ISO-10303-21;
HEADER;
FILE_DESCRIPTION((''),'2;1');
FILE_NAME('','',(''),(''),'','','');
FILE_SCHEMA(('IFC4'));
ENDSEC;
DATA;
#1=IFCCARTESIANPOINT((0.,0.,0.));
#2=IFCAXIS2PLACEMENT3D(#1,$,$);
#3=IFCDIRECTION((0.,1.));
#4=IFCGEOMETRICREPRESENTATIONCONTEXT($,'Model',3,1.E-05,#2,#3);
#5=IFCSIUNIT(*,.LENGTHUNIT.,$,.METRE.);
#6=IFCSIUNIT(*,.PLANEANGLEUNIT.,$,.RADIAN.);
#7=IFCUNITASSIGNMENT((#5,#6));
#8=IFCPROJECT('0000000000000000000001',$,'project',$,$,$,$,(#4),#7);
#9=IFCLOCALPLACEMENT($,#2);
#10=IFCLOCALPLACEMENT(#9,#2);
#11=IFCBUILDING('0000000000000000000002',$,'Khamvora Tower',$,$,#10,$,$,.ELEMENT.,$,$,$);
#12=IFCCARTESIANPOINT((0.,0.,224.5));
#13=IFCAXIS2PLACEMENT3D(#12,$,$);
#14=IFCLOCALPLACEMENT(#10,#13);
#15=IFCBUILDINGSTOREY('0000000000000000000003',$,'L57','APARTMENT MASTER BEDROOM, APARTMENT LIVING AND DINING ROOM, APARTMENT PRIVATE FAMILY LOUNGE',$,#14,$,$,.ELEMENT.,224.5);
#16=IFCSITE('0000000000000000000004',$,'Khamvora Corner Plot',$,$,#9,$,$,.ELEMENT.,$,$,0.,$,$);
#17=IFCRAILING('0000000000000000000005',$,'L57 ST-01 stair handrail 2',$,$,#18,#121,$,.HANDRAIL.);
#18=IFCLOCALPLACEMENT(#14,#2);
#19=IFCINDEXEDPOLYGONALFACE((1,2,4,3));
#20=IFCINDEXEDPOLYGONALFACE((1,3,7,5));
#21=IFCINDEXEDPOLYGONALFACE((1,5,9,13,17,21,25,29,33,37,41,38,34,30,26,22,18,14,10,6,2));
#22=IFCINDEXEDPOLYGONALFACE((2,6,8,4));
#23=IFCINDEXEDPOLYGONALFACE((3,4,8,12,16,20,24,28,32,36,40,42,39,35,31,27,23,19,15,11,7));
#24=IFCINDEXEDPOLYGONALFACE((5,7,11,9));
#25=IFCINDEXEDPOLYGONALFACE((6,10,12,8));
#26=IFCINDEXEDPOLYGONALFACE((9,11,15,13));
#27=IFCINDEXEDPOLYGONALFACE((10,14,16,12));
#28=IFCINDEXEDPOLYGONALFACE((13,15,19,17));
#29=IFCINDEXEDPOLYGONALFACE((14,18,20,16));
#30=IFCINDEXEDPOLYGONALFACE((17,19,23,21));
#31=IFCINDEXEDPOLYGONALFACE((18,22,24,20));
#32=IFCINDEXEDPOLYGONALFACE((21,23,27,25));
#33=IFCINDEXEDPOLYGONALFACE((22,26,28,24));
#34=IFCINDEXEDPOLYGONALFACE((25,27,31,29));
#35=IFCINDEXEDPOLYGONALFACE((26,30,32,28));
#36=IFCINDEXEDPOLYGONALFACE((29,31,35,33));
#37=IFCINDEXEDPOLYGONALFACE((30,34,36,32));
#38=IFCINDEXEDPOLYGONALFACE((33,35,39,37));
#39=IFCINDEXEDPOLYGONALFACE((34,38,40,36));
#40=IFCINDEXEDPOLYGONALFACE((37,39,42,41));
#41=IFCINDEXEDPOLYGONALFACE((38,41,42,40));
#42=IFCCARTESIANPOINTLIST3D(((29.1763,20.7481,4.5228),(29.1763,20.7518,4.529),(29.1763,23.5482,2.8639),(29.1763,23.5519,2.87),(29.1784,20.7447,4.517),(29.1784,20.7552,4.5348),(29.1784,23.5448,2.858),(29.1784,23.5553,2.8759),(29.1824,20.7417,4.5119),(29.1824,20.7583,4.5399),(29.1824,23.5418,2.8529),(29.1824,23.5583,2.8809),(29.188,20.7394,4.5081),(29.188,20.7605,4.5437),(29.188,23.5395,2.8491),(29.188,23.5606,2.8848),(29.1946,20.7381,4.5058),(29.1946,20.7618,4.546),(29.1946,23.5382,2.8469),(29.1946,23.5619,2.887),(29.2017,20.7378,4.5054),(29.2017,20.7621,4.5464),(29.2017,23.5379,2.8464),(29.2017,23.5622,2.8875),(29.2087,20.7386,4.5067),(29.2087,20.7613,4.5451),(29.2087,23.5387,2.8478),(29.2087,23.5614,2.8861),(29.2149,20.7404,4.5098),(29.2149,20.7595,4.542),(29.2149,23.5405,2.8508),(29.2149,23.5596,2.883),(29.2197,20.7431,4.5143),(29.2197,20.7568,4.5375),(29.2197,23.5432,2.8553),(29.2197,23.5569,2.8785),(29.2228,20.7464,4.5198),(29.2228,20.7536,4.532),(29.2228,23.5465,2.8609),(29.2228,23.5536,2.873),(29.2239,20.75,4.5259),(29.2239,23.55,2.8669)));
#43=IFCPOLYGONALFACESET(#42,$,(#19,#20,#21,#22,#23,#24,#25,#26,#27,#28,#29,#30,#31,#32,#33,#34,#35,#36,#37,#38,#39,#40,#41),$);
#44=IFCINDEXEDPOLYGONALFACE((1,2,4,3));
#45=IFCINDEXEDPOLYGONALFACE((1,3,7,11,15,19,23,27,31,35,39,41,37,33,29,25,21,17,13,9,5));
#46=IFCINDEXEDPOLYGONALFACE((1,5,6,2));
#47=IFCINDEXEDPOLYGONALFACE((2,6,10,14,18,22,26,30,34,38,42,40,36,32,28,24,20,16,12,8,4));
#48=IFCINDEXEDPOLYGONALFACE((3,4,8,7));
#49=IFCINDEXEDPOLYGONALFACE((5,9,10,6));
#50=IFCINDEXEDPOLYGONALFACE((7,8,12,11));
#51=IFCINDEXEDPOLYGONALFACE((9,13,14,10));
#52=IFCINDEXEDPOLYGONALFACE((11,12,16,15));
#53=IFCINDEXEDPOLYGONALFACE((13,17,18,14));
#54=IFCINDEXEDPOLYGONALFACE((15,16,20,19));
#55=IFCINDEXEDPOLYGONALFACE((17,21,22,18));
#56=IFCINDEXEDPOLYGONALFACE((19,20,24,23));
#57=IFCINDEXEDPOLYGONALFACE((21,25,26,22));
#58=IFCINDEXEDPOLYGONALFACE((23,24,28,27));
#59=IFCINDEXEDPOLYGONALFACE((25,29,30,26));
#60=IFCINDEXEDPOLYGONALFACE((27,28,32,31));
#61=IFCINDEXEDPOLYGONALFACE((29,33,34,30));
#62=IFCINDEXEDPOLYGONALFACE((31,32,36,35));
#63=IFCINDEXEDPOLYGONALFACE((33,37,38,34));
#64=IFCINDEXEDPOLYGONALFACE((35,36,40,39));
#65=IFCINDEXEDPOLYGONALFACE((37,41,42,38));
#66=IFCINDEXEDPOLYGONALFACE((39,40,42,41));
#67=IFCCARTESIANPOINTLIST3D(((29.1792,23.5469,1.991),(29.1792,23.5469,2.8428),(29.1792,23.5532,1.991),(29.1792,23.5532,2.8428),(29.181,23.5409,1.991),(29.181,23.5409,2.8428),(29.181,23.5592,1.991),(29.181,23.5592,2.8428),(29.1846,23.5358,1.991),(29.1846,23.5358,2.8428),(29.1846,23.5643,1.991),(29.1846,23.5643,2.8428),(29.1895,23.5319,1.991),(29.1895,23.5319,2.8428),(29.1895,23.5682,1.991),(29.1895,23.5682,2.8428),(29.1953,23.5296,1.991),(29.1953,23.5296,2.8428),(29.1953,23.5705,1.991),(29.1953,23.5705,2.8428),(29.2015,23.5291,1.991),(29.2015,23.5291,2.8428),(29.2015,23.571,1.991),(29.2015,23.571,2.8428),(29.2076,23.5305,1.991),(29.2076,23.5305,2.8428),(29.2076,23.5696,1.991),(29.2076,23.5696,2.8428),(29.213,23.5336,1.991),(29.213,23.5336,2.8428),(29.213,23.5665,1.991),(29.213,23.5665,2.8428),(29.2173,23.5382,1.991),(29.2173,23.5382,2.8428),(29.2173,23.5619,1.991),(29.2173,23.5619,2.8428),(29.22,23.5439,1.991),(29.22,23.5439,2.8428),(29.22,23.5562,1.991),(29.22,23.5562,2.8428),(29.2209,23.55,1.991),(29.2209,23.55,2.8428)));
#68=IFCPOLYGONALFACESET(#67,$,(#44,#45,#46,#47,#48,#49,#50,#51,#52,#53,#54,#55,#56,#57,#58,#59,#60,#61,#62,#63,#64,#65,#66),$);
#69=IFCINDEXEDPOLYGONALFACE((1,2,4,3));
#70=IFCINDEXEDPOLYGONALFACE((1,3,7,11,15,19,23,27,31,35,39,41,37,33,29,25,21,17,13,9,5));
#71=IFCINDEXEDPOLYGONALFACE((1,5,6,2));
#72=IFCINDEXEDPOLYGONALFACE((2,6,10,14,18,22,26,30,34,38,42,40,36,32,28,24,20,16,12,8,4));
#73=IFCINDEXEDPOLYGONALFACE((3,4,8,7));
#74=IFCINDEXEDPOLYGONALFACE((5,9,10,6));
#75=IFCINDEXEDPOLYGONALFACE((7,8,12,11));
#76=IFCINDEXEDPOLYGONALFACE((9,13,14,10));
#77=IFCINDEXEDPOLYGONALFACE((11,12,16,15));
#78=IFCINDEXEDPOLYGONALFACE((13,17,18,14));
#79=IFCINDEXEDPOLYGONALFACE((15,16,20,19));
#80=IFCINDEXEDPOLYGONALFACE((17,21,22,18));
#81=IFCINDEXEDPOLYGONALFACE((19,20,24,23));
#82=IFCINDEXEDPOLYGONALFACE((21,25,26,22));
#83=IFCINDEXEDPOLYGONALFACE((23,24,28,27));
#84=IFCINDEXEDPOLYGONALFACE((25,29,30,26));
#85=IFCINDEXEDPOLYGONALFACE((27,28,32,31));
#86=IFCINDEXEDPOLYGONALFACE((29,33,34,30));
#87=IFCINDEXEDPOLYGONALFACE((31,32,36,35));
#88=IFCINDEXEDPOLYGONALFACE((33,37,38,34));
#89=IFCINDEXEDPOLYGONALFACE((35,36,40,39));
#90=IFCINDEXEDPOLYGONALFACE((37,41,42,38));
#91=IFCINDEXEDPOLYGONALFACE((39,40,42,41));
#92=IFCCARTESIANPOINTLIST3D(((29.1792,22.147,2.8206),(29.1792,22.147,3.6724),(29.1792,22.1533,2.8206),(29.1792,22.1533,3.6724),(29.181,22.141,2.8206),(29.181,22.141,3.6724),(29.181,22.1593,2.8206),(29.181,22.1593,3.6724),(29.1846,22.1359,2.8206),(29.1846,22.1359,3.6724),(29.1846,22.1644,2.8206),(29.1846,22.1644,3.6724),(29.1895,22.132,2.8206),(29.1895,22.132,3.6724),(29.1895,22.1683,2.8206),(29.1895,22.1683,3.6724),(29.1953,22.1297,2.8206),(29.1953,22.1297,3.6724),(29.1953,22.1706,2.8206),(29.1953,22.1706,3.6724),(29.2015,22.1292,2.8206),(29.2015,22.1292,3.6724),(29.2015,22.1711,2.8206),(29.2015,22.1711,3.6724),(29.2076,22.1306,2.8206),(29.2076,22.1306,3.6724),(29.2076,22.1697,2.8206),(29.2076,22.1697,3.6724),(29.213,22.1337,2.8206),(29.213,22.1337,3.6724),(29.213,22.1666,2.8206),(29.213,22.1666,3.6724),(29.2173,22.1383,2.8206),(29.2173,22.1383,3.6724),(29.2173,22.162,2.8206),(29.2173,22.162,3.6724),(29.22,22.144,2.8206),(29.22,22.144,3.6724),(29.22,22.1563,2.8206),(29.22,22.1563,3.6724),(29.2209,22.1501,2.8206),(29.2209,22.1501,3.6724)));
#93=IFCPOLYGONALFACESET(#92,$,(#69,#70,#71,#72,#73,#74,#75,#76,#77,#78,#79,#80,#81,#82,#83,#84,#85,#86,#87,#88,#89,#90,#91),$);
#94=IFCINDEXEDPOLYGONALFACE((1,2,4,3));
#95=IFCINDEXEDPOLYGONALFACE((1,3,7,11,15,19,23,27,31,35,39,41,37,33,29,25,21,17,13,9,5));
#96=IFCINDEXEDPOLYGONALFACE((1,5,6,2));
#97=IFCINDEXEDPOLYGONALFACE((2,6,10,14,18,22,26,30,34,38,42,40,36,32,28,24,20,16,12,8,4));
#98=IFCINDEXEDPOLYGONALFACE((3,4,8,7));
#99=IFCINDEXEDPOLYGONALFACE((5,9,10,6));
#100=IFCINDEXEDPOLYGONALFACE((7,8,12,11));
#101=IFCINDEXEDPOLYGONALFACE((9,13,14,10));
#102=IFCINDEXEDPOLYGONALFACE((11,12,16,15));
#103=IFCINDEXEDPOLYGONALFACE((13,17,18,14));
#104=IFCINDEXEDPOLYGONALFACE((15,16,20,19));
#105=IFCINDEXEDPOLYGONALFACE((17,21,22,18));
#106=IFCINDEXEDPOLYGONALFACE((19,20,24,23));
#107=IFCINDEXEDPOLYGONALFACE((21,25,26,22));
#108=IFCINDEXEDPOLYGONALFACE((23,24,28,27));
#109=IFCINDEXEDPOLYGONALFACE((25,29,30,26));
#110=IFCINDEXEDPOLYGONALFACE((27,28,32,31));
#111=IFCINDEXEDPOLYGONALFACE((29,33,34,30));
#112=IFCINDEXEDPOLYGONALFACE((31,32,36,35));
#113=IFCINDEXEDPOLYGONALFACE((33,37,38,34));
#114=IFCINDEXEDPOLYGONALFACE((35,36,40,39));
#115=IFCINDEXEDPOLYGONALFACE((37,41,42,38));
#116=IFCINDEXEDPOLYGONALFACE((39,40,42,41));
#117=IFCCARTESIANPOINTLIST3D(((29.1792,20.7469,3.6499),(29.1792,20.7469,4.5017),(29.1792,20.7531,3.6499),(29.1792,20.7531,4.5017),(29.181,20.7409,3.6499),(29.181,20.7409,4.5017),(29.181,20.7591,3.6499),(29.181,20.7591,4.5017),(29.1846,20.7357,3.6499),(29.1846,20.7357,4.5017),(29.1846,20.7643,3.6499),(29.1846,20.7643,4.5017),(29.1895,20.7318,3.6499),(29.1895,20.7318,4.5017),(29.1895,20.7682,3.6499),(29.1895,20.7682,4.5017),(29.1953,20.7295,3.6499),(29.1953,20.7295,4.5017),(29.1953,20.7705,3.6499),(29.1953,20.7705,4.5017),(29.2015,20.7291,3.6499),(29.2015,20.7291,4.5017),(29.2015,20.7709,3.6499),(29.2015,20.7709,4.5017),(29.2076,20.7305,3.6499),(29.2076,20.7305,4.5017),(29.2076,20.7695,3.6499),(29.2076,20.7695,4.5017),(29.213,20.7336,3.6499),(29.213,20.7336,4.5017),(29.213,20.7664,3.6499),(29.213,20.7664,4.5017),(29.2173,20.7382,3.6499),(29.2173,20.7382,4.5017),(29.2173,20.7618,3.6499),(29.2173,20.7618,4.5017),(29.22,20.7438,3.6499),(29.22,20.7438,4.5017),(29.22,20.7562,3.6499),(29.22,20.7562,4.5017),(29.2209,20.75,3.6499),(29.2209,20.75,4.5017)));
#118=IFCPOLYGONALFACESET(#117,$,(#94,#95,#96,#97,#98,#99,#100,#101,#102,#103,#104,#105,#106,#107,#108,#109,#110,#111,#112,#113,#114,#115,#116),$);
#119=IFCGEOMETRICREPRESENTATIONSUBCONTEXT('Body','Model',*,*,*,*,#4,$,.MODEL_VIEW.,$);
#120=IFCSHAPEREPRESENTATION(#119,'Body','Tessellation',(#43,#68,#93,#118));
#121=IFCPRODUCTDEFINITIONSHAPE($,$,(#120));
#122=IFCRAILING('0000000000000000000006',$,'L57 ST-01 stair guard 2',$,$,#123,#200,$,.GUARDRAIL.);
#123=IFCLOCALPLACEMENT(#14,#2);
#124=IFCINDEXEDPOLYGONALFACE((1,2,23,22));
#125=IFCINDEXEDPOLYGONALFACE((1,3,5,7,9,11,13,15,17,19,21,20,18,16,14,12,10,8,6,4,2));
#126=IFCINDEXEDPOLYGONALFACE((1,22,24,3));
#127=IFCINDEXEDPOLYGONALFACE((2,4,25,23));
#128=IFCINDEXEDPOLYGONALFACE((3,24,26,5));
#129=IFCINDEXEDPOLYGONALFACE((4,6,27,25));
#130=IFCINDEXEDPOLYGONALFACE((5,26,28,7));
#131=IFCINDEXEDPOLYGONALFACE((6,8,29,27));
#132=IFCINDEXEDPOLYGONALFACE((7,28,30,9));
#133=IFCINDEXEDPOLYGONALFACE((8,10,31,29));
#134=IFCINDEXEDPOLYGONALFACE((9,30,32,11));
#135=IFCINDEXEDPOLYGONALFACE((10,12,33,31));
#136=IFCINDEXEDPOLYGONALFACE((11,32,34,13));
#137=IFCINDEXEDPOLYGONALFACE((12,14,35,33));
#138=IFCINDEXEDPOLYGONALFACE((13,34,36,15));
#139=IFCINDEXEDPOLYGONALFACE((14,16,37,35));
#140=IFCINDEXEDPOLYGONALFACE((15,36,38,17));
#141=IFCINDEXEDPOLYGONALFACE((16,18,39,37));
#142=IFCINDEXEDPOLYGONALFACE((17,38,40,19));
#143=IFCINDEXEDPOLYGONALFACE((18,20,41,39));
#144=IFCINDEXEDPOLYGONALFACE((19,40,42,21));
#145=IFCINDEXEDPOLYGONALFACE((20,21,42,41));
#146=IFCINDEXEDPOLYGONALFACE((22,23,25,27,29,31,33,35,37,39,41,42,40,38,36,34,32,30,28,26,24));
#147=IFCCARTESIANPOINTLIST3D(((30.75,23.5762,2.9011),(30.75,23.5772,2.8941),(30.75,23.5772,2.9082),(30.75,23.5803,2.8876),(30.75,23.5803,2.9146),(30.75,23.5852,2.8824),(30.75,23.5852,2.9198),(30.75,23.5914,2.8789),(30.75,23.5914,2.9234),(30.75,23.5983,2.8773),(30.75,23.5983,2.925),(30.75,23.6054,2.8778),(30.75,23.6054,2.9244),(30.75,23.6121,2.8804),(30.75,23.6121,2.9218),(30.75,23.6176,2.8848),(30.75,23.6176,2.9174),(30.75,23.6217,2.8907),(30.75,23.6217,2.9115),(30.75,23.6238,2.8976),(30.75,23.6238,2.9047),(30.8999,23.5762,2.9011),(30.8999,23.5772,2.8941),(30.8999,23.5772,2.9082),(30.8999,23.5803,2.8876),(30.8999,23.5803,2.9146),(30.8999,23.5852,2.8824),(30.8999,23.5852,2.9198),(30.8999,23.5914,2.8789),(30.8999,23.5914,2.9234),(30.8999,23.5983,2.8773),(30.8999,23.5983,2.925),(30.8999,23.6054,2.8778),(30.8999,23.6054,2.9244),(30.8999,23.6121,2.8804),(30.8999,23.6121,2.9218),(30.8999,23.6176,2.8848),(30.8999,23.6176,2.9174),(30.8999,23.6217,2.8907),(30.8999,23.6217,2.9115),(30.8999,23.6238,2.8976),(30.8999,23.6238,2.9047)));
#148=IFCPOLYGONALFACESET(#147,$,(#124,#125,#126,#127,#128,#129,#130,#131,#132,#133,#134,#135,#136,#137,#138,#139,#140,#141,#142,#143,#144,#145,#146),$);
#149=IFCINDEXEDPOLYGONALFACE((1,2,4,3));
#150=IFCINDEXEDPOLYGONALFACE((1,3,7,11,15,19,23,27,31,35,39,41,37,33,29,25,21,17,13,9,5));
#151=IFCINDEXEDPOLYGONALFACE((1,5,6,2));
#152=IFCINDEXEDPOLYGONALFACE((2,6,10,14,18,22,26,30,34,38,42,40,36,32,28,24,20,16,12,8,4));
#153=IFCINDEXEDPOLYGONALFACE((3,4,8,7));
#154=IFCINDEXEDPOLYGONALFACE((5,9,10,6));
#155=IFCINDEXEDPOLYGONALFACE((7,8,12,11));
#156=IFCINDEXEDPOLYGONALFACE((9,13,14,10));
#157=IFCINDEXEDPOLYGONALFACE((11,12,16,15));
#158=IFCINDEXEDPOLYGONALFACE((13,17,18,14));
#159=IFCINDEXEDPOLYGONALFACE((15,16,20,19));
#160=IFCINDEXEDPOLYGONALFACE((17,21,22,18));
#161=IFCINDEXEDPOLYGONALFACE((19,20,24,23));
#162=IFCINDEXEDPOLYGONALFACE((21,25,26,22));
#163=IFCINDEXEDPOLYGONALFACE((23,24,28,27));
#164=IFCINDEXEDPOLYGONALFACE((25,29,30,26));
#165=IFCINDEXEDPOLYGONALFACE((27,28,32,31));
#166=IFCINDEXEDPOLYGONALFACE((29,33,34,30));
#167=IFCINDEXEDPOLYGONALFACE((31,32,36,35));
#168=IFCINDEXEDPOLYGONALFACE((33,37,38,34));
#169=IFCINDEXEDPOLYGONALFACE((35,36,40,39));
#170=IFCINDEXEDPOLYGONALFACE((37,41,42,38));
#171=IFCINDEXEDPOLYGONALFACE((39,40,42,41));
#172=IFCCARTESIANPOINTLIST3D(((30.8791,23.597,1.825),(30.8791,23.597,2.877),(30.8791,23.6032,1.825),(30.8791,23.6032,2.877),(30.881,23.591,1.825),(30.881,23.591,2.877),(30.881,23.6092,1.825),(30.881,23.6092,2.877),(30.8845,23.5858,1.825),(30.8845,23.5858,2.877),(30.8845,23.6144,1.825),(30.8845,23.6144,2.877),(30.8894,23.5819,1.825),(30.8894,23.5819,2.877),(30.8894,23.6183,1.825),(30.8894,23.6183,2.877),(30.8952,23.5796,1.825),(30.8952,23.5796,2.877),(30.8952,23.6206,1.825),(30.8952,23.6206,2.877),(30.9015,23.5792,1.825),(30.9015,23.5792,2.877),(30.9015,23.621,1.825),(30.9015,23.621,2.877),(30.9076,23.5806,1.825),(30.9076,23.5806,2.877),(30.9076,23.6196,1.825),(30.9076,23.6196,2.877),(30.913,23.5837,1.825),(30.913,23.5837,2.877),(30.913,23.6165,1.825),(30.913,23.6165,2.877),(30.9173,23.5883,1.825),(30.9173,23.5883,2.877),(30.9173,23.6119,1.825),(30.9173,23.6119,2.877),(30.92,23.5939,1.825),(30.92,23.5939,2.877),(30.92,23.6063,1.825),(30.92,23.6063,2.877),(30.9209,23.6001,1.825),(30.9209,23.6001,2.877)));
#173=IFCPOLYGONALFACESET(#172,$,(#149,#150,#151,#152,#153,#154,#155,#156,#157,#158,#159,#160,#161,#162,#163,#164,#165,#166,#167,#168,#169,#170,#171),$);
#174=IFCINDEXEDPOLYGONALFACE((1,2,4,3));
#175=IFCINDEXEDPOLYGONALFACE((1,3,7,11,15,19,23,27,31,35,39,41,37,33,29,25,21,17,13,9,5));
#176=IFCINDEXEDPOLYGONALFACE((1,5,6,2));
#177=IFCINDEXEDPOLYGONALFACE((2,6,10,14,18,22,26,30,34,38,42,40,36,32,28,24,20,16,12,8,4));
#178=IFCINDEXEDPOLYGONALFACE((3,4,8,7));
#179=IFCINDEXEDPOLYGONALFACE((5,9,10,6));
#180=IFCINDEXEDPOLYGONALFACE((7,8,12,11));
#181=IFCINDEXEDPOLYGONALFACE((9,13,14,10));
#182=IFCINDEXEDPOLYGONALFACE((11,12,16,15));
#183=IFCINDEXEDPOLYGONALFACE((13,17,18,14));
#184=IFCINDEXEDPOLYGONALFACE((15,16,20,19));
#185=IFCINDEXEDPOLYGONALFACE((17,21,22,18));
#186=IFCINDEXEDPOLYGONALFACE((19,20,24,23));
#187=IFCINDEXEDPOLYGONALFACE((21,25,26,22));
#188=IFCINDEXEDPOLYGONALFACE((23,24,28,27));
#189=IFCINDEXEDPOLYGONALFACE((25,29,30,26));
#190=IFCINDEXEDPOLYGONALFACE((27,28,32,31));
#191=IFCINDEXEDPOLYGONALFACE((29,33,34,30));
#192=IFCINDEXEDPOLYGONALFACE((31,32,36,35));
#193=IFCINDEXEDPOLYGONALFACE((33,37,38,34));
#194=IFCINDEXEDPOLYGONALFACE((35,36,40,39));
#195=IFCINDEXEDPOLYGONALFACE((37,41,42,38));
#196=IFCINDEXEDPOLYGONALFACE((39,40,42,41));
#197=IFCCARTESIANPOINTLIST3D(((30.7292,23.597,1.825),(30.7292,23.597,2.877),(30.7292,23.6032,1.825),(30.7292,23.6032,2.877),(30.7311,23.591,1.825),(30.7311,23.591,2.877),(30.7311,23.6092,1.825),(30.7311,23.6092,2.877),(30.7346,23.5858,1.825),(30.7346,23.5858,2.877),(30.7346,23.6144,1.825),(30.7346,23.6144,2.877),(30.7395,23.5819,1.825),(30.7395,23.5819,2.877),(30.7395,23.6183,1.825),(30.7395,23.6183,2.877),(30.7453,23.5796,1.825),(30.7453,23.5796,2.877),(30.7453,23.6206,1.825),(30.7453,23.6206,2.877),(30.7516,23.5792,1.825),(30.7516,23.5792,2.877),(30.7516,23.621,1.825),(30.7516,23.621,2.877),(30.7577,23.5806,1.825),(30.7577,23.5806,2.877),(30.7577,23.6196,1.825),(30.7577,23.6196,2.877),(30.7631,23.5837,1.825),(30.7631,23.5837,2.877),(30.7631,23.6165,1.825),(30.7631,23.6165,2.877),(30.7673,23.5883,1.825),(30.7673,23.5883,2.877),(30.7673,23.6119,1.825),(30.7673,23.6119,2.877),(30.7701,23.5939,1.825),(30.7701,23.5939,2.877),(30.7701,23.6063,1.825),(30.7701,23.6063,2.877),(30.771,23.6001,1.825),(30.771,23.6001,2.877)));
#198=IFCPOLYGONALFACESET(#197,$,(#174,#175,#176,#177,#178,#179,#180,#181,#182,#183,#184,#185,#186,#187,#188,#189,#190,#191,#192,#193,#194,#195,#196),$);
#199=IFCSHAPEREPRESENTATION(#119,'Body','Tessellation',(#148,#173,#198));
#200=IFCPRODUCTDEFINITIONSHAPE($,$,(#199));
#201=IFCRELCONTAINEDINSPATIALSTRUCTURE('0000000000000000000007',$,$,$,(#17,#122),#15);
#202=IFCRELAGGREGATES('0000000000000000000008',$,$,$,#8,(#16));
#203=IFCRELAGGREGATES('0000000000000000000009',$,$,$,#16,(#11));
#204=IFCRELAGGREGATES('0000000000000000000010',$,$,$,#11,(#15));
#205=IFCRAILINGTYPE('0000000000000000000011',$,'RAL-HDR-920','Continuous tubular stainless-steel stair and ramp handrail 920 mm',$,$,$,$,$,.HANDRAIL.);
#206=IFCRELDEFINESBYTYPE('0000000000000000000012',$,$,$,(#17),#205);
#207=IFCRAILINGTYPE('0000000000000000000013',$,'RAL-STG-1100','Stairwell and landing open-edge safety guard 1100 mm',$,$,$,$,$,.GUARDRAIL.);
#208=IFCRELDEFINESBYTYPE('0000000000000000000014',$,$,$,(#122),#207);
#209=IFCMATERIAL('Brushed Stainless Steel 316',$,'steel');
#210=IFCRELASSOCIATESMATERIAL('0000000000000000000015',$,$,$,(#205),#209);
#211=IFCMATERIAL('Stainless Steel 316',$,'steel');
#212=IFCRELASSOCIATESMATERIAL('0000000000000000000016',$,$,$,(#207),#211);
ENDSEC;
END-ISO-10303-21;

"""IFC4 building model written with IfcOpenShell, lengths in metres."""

from ifc_helpers import new_model, si_unit, direction, frame, origin, origin_2d, place, context, subcontext, project, spatial, circle, extrude, material, type_object, element, save


model = new_model("IFC4")

# Units and contexts
model_context = context("Model", 3, precision=1e-05, world=origin(), true_north=direction((0.0, 1.0)))
body_context = subcontext(model_context, "Body", "Model", "MODEL_VIEW")
ifc_project = project(units=[si_unit("LENGTHUNIT", "METRE"), si_unit("PLANEANGLEUNIT", "RADIAN")], contexts=[model_context])

# Site, building, storey
site_placement = place(None, origin())
site = spatial("IfcSite", under=ifc_project, at=site_placement, Name="Khamvora Corner Plot", CompositionType="ELEMENT", RefElevation=0.0)
building_placement = place(site_placement, origin())
building = spatial("IfcBuilding", under=site, at=building_placement, Name="Khamvora Tower", CompositionType="ELEMENT")
storey_placement = place(building_placement, frame((0.0, 0.0, 224.5)))
storey = spatial("IfcBuildingStorey", under=building, at=storey_placement, Name="L57", Description="APARTMENT MASTER BEDROOM, APARTMENT LIVING AND DINING ROOM, APARTMENT PRIVATE FAMILY LOUNGE", CompositionType="ELEMENT", Elevation=224.5)

# Railings
ifc_material_1 = material(Name="Brushed Stainless Steel 316", Category="steel")
railing_type_1 = type_object("IfcRailingType", Name="RAL-HDR-920", Description="Continuous tubular stainless-steel stair and ramp handrail 920 mm", PredefinedType="HANDRAIL", material=ifc_material_1)
railing_1_placement = place(storey_placement, frame((29.2, 23.55, 1.991)))
element("IfcRailing", 1, at=railing_1_placement, inside=storey, type_object=railing_type_1, Name="L57 ST-01 stair handrail 2", PredefinedType="HANDRAIL", context=body_context, shape_type="SweptSolid", body=[
    extrude(circle(Radius=0.0239, at=origin_2d()), frame((0.0, 0.0, 0.876), z_axis=(0.0, -0.860339, 0.509722), x_axis=(1.0, 0.0, 0.0)), (0.0, 0.0, 1.0), 3.2546),
    extrude(circle(Radius=0.021, at=origin_2d()), origin(), (0.0, 0.0, 1.0), 0.8518),
    extrude(circle(Radius=0.021, at=origin_2d()), frame((0.0, -1.3999, 0.8296)), (0.0, 0.0, 1.0), 0.8518),
    extrude(circle(Radius=0.021, at=origin_2d()), frame((0.0, -2.8, 1.6589)), (0.0, 0.0, 1.0), 0.8518),
])
ifc_material_2 = material(Name="Stainless Steel 316", Category="steel")
railing_type_2 = type_object("IfcRailingType", Name="RAL-STG-1100", Description="Stairwell and landing open-edge safety guard 1100 mm", PredefinedType="GUARDRAIL", material=ifc_material_2)
railing_2_placement = place(storey_placement, frame((30.8999, 23.6001, 1.825)))
element("IfcRailing", 2, at=railing_2_placement, inside=storey, type_object=railing_type_2, Name="L57 ST-01 stair guard 2", PredefinedType="GUARDRAIL", context=body_context, shape_type="SweptSolid", body=[
    extrude(circle(Radius=0.0239, at=origin_2d()), frame((0.0, 0.0, 1.0762), z_axis=(-1.0, 0.0, 0.0), x_axis=(0.0, -1.0, 0.0)), (0.0, 0.0, 1.0), 0.1499),
    extrude(circle(Radius=0.021, at=origin_2d()), origin(), (0.0, 0.0, 1.0), 1.052),
    extrude(circle(Radius=0.021, at=origin_2d()), frame((-0.1499, 0.0, 0.0)), (0.0, 0.0, 1.0), 1.052),
])

save(model, "model.ifc")
